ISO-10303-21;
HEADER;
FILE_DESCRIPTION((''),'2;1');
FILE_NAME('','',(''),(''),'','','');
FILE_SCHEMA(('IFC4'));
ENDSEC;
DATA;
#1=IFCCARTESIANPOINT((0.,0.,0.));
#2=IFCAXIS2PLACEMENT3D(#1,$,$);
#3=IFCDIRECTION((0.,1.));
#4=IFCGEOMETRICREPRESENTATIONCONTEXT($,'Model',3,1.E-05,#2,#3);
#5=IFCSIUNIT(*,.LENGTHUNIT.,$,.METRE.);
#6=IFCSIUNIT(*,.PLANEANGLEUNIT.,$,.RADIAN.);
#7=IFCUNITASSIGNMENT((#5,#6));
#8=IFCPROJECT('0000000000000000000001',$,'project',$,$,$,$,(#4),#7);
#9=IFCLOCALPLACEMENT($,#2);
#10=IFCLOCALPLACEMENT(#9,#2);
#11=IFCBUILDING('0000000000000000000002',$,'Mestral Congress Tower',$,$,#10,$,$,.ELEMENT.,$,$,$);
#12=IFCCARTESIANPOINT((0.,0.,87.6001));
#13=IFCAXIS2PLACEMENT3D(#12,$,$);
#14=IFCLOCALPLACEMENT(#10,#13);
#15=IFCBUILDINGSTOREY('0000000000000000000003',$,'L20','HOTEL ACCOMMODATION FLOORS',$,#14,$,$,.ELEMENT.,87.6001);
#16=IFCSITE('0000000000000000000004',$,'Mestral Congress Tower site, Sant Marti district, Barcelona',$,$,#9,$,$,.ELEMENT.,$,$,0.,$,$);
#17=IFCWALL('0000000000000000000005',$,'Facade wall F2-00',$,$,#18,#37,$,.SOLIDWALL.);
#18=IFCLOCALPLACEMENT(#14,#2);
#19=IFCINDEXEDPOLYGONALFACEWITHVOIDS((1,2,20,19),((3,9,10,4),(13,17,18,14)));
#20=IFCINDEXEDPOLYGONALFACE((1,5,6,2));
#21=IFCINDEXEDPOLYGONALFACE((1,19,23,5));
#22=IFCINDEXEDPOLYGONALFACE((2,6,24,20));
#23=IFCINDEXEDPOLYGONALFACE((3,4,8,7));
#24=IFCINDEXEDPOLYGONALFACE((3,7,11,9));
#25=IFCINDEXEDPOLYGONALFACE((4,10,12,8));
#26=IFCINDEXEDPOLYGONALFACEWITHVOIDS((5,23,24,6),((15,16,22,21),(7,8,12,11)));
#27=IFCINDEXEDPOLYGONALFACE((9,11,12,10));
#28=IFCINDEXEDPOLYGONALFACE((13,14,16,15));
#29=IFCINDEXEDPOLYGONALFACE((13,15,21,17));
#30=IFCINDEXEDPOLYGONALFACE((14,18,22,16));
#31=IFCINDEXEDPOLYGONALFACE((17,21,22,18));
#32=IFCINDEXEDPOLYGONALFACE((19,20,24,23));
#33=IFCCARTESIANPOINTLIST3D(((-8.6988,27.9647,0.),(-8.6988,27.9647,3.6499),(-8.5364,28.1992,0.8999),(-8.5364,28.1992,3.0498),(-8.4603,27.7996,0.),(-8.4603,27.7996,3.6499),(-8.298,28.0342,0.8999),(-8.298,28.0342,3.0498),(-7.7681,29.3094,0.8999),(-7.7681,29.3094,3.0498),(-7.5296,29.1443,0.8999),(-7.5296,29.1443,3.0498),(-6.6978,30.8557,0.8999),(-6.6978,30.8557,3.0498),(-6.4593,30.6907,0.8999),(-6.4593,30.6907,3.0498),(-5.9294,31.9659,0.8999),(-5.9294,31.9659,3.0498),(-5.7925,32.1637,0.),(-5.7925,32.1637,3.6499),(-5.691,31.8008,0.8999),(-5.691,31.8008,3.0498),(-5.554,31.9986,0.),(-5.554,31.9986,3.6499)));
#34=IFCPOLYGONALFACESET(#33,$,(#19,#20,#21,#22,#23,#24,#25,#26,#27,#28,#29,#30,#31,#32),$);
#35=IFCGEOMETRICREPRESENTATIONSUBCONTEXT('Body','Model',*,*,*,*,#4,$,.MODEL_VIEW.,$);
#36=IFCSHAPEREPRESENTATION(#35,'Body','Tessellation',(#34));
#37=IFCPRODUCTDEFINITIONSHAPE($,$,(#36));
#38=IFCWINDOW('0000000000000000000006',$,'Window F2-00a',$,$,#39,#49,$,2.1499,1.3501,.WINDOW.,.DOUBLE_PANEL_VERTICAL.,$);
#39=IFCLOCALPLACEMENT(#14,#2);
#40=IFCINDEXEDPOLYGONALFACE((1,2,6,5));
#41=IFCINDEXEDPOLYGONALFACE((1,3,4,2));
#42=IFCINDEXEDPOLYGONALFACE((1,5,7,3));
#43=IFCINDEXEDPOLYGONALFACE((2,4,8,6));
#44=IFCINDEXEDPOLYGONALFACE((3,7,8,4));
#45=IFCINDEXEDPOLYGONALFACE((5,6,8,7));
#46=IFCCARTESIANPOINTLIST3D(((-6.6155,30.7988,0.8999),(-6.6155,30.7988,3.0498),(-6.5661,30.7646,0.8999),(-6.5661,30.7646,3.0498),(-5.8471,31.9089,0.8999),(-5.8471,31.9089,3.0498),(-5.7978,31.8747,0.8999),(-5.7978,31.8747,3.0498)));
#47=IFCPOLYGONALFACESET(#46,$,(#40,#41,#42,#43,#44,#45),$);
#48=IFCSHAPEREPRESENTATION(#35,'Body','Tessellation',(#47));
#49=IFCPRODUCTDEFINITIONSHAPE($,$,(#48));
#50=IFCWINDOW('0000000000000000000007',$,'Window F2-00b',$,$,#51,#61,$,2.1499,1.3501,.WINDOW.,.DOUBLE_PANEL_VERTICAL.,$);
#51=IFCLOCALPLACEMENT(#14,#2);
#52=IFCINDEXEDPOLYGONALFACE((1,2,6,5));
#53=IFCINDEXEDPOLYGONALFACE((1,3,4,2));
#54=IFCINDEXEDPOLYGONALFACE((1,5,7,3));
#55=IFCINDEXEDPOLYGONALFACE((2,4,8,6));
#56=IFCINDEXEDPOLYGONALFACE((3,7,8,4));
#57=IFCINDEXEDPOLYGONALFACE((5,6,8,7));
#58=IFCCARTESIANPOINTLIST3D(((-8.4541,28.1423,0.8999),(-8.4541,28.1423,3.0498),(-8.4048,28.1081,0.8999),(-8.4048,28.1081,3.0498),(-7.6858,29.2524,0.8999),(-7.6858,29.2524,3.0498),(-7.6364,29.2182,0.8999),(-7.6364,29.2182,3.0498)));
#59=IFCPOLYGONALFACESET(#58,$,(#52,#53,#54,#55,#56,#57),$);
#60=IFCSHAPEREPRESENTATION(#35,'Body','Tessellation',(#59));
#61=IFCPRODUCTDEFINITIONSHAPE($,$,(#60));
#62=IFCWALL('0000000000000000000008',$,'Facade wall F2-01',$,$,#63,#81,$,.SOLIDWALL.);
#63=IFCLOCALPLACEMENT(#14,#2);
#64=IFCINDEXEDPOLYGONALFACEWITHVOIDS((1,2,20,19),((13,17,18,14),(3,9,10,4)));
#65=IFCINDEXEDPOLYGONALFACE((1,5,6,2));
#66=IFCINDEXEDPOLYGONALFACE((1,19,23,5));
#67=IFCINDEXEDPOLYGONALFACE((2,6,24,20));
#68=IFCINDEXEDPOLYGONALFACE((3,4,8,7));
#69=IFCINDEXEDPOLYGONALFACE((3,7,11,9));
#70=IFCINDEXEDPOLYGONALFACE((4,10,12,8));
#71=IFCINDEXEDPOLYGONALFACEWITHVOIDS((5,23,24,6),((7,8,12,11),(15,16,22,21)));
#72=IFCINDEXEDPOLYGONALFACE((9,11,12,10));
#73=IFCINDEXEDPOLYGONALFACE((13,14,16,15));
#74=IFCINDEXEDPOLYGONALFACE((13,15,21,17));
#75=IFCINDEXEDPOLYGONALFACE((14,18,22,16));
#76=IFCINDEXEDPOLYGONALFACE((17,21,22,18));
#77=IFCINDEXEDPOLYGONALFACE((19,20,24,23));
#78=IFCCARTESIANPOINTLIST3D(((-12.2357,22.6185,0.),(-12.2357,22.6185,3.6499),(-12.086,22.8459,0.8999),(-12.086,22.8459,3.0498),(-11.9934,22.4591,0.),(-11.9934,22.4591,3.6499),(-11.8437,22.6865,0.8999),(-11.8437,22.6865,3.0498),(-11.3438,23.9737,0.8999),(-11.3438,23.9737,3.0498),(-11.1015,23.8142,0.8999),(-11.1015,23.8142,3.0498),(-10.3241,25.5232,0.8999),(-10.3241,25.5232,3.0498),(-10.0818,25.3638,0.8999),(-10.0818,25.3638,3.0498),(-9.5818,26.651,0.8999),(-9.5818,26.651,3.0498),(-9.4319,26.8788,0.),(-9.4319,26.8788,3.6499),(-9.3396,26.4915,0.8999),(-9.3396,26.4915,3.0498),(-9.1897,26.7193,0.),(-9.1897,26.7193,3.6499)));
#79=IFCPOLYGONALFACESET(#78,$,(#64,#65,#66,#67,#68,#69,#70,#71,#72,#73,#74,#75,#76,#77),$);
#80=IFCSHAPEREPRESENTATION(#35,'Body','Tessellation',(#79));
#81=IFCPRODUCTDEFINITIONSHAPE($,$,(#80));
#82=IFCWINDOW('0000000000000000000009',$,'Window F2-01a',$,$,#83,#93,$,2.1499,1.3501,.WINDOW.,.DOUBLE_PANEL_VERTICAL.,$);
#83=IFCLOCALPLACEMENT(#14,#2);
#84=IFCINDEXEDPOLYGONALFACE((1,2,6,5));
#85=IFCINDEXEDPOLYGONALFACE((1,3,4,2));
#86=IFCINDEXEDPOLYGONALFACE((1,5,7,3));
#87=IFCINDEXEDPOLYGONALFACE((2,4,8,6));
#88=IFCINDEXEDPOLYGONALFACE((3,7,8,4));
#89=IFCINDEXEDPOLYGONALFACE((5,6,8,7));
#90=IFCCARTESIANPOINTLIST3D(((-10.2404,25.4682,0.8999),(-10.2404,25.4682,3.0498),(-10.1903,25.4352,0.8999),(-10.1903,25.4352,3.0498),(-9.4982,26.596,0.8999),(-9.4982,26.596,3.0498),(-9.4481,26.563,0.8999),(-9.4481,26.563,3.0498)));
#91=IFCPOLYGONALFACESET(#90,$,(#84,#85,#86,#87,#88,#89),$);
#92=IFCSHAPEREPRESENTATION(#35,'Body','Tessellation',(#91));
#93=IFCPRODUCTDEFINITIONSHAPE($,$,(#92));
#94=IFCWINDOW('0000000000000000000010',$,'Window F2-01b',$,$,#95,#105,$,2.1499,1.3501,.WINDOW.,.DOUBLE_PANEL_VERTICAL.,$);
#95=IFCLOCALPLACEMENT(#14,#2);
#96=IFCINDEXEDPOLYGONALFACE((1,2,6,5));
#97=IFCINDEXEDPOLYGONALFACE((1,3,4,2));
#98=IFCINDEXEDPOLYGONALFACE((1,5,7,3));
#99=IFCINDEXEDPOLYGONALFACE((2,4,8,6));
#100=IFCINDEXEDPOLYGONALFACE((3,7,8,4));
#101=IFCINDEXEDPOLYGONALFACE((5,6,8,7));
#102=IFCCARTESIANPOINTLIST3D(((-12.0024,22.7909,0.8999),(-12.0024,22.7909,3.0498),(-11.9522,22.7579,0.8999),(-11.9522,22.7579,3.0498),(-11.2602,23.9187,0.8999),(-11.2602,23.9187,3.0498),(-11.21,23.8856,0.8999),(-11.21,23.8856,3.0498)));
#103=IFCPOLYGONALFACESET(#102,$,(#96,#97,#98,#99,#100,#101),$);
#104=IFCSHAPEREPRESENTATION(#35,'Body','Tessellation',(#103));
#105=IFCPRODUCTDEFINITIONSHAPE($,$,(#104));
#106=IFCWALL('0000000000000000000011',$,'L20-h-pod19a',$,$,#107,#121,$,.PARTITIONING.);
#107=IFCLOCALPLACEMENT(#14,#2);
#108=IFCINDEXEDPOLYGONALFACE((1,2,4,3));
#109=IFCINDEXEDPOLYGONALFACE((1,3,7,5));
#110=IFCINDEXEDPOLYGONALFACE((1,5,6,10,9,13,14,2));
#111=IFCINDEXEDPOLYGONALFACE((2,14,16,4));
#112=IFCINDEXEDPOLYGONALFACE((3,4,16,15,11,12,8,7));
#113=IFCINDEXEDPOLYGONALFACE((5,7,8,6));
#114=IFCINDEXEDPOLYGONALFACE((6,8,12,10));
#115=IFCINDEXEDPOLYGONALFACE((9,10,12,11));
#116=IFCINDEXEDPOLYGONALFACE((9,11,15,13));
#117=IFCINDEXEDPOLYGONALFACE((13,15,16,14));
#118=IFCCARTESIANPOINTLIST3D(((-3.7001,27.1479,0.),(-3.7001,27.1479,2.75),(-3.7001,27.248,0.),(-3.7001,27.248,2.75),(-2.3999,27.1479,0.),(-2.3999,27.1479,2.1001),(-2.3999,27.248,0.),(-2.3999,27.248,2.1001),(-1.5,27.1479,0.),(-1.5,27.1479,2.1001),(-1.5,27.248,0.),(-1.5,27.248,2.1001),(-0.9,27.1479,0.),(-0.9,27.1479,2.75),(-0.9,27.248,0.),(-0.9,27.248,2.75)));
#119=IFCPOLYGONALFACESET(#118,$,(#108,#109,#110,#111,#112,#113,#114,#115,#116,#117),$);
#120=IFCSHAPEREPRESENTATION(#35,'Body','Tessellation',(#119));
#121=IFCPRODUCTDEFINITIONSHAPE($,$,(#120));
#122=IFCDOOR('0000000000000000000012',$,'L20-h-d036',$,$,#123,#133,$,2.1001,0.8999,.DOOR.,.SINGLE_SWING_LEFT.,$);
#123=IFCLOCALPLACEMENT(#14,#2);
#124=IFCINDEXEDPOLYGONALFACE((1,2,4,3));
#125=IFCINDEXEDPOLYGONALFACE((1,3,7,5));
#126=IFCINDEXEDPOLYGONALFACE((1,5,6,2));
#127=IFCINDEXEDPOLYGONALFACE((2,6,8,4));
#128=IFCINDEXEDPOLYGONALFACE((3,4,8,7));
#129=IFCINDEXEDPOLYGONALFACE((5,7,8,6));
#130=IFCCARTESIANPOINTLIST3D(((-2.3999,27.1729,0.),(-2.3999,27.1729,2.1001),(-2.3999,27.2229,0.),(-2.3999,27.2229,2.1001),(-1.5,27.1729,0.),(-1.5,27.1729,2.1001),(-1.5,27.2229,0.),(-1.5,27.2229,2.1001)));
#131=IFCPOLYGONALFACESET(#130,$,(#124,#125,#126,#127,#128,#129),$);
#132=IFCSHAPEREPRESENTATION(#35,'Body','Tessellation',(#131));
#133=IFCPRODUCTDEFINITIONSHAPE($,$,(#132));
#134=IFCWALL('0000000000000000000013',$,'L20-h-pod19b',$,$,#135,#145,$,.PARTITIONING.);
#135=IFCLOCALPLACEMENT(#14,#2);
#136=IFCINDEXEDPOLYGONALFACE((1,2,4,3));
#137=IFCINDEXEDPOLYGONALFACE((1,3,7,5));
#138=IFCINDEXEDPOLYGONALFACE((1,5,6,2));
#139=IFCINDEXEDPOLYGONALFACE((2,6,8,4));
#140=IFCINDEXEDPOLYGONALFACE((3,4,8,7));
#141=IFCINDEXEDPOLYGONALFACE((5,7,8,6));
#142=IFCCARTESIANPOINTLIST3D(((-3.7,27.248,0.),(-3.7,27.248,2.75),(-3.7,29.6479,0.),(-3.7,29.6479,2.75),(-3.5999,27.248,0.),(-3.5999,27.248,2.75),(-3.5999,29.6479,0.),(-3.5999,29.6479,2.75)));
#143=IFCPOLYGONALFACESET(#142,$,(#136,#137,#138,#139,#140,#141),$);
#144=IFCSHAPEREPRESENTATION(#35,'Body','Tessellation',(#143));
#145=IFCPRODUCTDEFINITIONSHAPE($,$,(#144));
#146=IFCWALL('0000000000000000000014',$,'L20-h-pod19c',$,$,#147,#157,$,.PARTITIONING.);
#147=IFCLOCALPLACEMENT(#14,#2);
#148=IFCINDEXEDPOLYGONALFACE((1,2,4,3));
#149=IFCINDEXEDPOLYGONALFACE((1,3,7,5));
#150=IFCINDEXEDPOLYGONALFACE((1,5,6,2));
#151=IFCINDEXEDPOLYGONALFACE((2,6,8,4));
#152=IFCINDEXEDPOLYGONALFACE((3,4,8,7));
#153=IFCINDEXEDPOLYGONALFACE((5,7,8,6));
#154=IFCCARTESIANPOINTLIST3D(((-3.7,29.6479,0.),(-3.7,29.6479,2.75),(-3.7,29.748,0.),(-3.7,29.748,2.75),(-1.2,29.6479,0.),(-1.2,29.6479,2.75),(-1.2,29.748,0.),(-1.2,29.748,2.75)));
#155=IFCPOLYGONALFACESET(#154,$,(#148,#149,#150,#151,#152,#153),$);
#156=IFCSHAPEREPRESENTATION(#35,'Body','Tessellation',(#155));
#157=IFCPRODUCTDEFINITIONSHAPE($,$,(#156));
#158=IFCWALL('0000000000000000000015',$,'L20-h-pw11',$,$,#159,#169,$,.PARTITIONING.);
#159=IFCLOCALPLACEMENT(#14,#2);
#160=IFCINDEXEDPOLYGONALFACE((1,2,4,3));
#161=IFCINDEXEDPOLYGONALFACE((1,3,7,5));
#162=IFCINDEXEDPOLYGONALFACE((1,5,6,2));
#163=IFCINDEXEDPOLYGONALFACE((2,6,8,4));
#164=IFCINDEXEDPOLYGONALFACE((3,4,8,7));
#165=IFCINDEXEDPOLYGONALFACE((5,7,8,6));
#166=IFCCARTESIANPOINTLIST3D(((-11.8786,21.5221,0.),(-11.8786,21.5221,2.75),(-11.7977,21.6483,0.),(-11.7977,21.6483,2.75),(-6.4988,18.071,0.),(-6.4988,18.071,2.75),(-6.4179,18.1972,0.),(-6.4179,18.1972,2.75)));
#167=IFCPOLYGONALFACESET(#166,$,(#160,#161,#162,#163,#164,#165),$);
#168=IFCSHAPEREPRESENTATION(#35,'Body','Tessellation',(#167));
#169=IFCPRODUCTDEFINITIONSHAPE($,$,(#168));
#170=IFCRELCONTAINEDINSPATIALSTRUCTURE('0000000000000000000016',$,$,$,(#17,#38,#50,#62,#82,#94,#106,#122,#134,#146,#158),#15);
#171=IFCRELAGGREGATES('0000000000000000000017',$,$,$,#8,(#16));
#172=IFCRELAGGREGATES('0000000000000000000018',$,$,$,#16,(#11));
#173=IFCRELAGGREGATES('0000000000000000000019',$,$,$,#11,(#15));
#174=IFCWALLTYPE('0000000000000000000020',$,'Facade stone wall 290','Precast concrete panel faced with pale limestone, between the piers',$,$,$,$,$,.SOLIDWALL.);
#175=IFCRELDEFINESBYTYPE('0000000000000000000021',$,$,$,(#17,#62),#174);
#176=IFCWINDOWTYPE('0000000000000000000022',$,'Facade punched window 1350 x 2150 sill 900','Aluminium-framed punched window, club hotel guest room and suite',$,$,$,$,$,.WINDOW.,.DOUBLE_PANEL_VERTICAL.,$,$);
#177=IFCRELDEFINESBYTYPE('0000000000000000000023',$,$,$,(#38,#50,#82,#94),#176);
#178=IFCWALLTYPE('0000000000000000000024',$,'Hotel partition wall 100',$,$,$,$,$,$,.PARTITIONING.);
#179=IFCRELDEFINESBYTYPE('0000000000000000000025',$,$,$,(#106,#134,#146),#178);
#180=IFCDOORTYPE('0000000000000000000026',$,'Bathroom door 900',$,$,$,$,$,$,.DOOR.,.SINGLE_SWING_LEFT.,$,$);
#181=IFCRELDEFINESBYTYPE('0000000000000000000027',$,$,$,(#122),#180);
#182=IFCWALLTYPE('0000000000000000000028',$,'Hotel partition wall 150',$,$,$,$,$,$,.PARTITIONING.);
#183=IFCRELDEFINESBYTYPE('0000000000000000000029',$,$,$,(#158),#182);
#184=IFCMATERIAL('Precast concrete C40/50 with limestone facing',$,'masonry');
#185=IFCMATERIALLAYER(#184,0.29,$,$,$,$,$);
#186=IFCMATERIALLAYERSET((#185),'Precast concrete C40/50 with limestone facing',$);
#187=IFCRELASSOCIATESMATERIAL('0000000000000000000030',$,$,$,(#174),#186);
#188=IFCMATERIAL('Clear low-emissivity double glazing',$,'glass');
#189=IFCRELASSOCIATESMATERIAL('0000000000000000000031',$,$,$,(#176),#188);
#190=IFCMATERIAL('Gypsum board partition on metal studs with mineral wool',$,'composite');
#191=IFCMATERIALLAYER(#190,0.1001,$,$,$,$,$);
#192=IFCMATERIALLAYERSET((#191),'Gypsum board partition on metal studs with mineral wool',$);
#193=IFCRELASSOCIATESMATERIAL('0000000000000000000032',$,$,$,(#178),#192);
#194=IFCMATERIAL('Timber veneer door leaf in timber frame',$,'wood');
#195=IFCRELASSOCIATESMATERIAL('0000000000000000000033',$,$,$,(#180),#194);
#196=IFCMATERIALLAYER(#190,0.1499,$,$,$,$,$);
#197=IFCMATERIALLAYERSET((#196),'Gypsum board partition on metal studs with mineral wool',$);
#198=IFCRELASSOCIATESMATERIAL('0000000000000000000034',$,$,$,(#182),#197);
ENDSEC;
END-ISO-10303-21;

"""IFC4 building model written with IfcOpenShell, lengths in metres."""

from ifc_helpers import new_model, si_unit, direction, frame, frame_2d, origin, place, context, subcontext, project, spatial, rectangle, extrude, material, layer, layer_set, type_object, element, fill, save


model = new_model("IFC4")

# Units and contexts
model_context = context("Model", 3, precision=1e-05, world=origin(), true_north=direction((0.0, 1.0)))
body_context = subcontext(model_context, "Body", "Model", "MODEL_VIEW")
ifc_project = project(units=[si_unit("LENGTHUNIT", "METRE"), si_unit("PLANEANGLEUNIT", "RADIAN")], contexts=[model_context])

# Site, building, storey
site_placement = place(None, origin())
site = spatial("IfcSite", under=ifc_project, at=site_placement, Name="Mestral Congress Tower site, Sant Marti district, Barcelona", CompositionType="ELEMENT", RefElevation=0.0)
building_placement = place(site_placement, origin())
building = spatial("IfcBuilding", under=site, at=building_placement, Name="Mestral Congress Tower", CompositionType="ELEMENT")
storey_placement = place(building_placement, frame((0.0, 0.0, 87.6001)))
storey = spatial("IfcBuildingStorey", under=building, at=storey_placement, Name="L20", Description="HOTEL ACCOMMODATION FLOORS", CompositionType="ELEMENT", Elevation=87.6001)

# Shared definitions
ifc_material_1 = material(Name="Precast concrete C40/50 with limestone facing", Category="masonry")
ifc_layer_1 = layer(ifc_material_1, 0.29)
ifc_layer_set_1 = layer_set([ifc_layer_1], Name="Precast concrete C40/50 with limestone facing")
wall_type_1 = type_object("IfcWallType", Name="Facade stone wall 290", Description="Precast concrete panel faced with pale limestone, between the piers", PredefinedType="SOLIDWALL", material=ifc_layer_set_1)

# Shared definitions
ifc_material_2 = material(Name="Clear low-emissivity double glazing", Category="glass")

# Walls, openings, windows
wall_1_placement = place(storey_placement, frame((-5.6733, 32.0811, 0.0), z_axis=(0.0, 0.0, 1.0), x_axis=(-0.569113, -0.822259, 0.0)))
wall_1 = element("IfcWall", 1, at=wall_1_placement, inside=storey, type_object=wall_type_1, Name="Facade wall F2-00", PredefinedType="SOLIDWALL", context=body_context, shape_type="SweptSolid", body=[
    extrude(rectangle(XDim=5.1067, YDim=0.29, at=frame_2d((2.5532, 0.0))), origin(), (0.0, 0.0, 1.0), 3.6499),
])
opening_1_placement = place(wall_1_placement, frame((0.2405, 0.0, 0.8999)))
opening_1 = element("IfcOpeningElement", 2, at=opening_1_placement, cuts=wall_1, PredefinedType="OPENING", context=body_context, shape_type="SweptSolid", body=[
    extrude(rectangle(XDim=1.3501, YDim=2.1499, at=frame_2d((0.675, 1.075))), frame((0.0, 0.155, 0.0), z_axis=(0.0, -1.0, 0.0), x_axis=(1.0, 0.0, 0.0)), (0.0, 0.0, 1.0), 0.3101),
])
opening_2_placement = place(wall_1_placement, frame((3.4712, 0.0, 0.8999)))
opening_2 = element("IfcOpeningElement", 3, at=opening_2_placement, cuts=wall_1, PredefinedType="OPENING", context=body_context, shape_type="SweptSolid", body=[
    extrude(rectangle(XDim=1.3501, YDim=2.1499, at=frame_2d((0.675, 1.075))), frame((0.0, 0.155, 0.0), z_axis=(0.0, -1.0, 0.0), x_axis=(1.0, 0.0, 0.0)), (0.0, 0.0, 1.0), 0.3101),
])
window_type_1 = type_object("IfcWindowType", Name="Facade punched window 1350 x 2150 sill 900", Description="Aluminium-framed punched window, club hotel guest room and suite", PartitioningType="DOUBLE_PANEL_VERTICAL", PredefinedType="WINDOW", material=ifc_material_2)
window_1_placement = place(opening_1_placement, origin())
window_1 = element("IfcWindow", 4, at=window_1_placement, inside=storey, type_object=window_type_1, Name="Window F2-00a", OverallHeight=2.1499, OverallWidth=1.3501, PartitioningType="DOUBLE_PANEL_VERTICAL", PredefinedType="WINDOW", context=body_context, shape_type="SweptSolid", body=[
    extrude(rectangle(XDim=1.3501, YDim=2.1499, at=frame_2d((0.675, 1.075))), frame((0.0, 0.0151, 0.0), z_axis=(0.0, -1.0, 0.0), x_axis=(1.0, 0.0, 0.0)), (0.0, 0.0, 1.0), 0.0601),
])
fill(opening_1, window_1)
window_2_placement = place(opening_2_placement, origin())
window_2 = element("IfcWindow", 5, at=window_2_placement, inside=storey, type_object=window_type_1, Name="Window F2-00b", OverallHeight=2.1499, OverallWidth=1.3501, PartitioningType="DOUBLE_PANEL_VERTICAL", PredefinedType="WINDOW", context=body_context, shape_type="SweptSolid", body=[
    extrude(rectangle(XDim=1.3501, YDim=2.1499, at=frame_2d((0.675, 1.075))), frame((0.0, 0.0151, 0.0), z_axis=(0.0, -1.0, 0.0), x_axis=(1.0, 0.0, 0.0)), (0.0, 0.0, 1.0), 0.0601),
])
fill(opening_2, window_2)
wall_2_placement = place(storey_placement, frame((-9.3108, 26.7991, 0.0), z_axis=(0.0, 0.0, 1.0), x_axis=(-0.549741, -0.835335, 0.0)))
wall_2 = element("IfcWall", 6, at=wall_2_placement, inside=storey, type_object=wall_type_1, Name="Facade wall F2-01", PredefinedType="SOLIDWALL", context=body_context, shape_type="SweptSolid", body=[
    extrude(rectangle(XDim=5.1001, YDim=0.29, at=frame_2d((2.55, 0.0))), origin(), (0.0, 0.0, 1.0), 3.6499),
])
opening_3_placement = place(wall_2_placement, frame((0.2727, 0.0, 0.8999)))
opening_3 = element("IfcOpeningElement", 7, at=opening_3_placement, cuts=wall_2, PredefinedType="OPENING", context=body_context, shape_type="SweptSolid", body=[
    extrude(rectangle(XDim=1.3501, YDim=2.1499, at=frame_2d((0.675, 1.075))), frame((0.0, 0.155, 0.0), z_axis=(0.0, -1.0, 0.0), x_axis=(1.0, 0.0, 0.0)), (0.0, 0.0, 1.0), 0.3101),
])
opening_4_placement = place(wall_2_placement, frame((3.4778, 0.0, 0.8999)))
opening_4 = element("IfcOpeningElement", 8, at=opening_4_placement, cuts=wall_2, PredefinedType="OPENING", context=body_context, shape_type="SweptSolid", body=[
    extrude(rectangle(XDim=1.3501, YDim=2.1499, at=frame_2d((0.675, 1.075))), frame((0.0, 0.155, 0.0), z_axis=(0.0, -1.0, 0.0), x_axis=(1.0, 0.0, 0.0)), (0.0, 0.0, 1.0), 0.3101),
])
window_3_placement = place(opening_3_placement, origin())
window_3 = element("IfcWindow", 9, at=window_3_placement, inside=storey, type_object=window_type_1, Name="Window F2-01a", OverallHeight=2.1499, OverallWidth=1.3501, PartitioningType="DOUBLE_PANEL_VERTICAL", PredefinedType="WINDOW", context=body_context, shape_type="SweptSolid", body=[
    extrude(rectangle(XDim=1.3501, YDim=2.1499, at=frame_2d((0.675, 1.075))), frame((0.0, 0.0151, 0.0), z_axis=(0.0, -1.0, 0.0), x_axis=(1.0, 0.0, 0.0)), (0.0, 0.0, 1.0), 0.0601),
])
fill(opening_3, window_3)
window_4_placement = place(opening_4_placement, origin())
window_4 = element("IfcWindow", 10, at=window_4_placement, inside=storey, type_object=window_type_1, Name="Window F2-01b", OverallHeight=2.1499, OverallWidth=1.3501, PartitioningType="DOUBLE_PANEL_VERTICAL", PredefinedType="WINDOW", context=body_context, shape_type="SweptSolid", body=[
    extrude(rectangle(XDim=1.3501, YDim=2.1499, at=frame_2d((0.675, 1.075))), frame((0.0, 0.0151, 0.0), z_axis=(0.0, -1.0, 0.0), x_axis=(1.0, 0.0, 0.0)), (0.0, 0.0, 1.0), 0.0601),
])
fill(opening_4, window_4)

# Wall, opening, door
ifc_material_3 = material(Name="Gypsum board partition on metal studs with mineral wool", Category="composite")
ifc_layer_2 = layer(ifc_material_3, 0.1001)
ifc_layer_set_2 = layer_set([ifc_layer_2], Name="Gypsum board partition on metal studs with mineral wool")
wall_type_2 = type_object("IfcWallType", Name="Hotel partition wall 100", PredefinedType="PARTITIONING", material=ifc_layer_set_2)
wall_3_placement = place(storey_placement, frame((-3.7, 27.198, 0.0), z_axis=(0.0, 0.0, 1.0), x_axis=(1.0, 0.0, 0.0)))
wall_3 = element("IfcWall", 11, at=wall_3_placement, inside=storey, type_object=wall_type_2, Name="L20-h-pod19a", PredefinedType="PARTITIONING", context=body_context, shape_type="SweptSolid", body=[
    extrude(rectangle(XDim=2.8, YDim=0.1001, at=frame_2d((1.3999, 0.0))), origin(), (0.0, 0.0, 1.0), 2.75),
])
opening_5_placement = place(wall_3_placement, frame((1.3, 0.0, 0.0)))
opening_5 = element("IfcOpeningElement", 12, at=opening_5_placement, cuts=wall_3, PredefinedType="OPENING", context=body_context, shape_type="SweptSolid", body=[
    extrude(rectangle(XDim=0.8999, YDim=2.1001, at=frame_2d((0.45, 1.05))), frame((0.0, 0.0601, 0.0), z_axis=(0.0, -1.0, 0.0), x_axis=(1.0, 0.0, 0.0)), (0.0, 0.0, 1.0), 0.1201),
])
ifc_material_4 = material(Name="Timber veneer door leaf in timber frame", Category="wood")
door_type = type_object("IfcDoorType", Name="Bathroom door 900", OperationType="SINGLE_SWING_LEFT", PredefinedType="DOOR", material=ifc_material_4)
door_placement = place(opening_5_placement, origin())
door = element("IfcDoor", 13, at=door_placement, inside=storey, type_object=door_type, Name="L20-h-d036", OperationType="SINGLE_SWING_LEFT", OverallHeight=2.1001, OverallWidth=0.8999, PredefinedType="DOOR", context=body_context, shape_type="SweptSolid", body=[
    extrude(rectangle(XDim=0.8999, YDim=2.1001, at=frame_2d((0.45, 1.05))), frame((0.0, 0.0249, 0.0), z_axis=(0.0, -1.0, 0.0), x_axis=(1.0, 0.0, 0.0)), (0.0, 0.0, 1.0), 0.05),
])
fill(opening_5, door)

# Walls
wall_4_placement = place(storey_placement, frame((-3.6499, 27.248, 0.0), z_axis=(0.0, 0.0, 1.0), x_axis=(0.0, 1.0, 0.0)))
element("IfcWall", 14, at=wall_4_placement, inside=storey, type_object=wall_type_2, Name="L20-h-pod19b", PredefinedType="PARTITIONING", context=body_context, shape_type="SweptSolid", body=[
    extrude(rectangle(XDim=2.3999, YDim=0.1001, at=frame_2d((1.2, 0.0))), origin(), (0.0, 0.0, 1.0), 2.75),
])
wall_5_placement = place(storey_placement, frame((-1.2, 29.698, 0.0), z_axis=(0.0, 0.0, 1.0), x_axis=(-1.0, 0.0, 0.0)))
element("IfcWall", 15, at=wall_5_placement, inside=storey, type_object=wall_type_2, Name="L20-h-pod19c", PredefinedType="PARTITIONING", context=body_context, shape_type="SweptSolid", body=[
    extrude(rectangle(XDim=2.5, YDim=0.1001, at=frame_2d((1.25, 0.0))), origin(), (0.0, 0.0, 1.0), 2.75),
])
ifc_layer_3 = layer(ifc_material_3, 0.1499)
ifc_layer_set_3 = layer_set([ifc_layer_3], Name="Gypsum board partition on metal studs with mineral wool")
wall_type_3 = type_object("IfcWallType", Name="Hotel partition wall 150", PredefinedType="PARTITIONING", material=ifc_layer_set_3)
wall_6_placement = place(storey_placement, frame((-11.8381, 21.5852, 0.0), z_axis=(0.0, 0.0, 1.0), x_axis=(0.841699, -0.539947, 0.0)))
element("IfcWall", 16, at=wall_6_placement, inside=storey, type_object=wall_type_3, Name="L20-h-pw11", PredefinedType="PARTITIONING", context=body_context, shape_type="SweptSolid", body=[
    extrude(rectangle(XDim=6.3916, YDim=0.1499, at=frame_2d((3.1958, 0.0))), origin(), (0.0, 0.0, 1.0), 2.75),
])

save(model, "model.ifc")
